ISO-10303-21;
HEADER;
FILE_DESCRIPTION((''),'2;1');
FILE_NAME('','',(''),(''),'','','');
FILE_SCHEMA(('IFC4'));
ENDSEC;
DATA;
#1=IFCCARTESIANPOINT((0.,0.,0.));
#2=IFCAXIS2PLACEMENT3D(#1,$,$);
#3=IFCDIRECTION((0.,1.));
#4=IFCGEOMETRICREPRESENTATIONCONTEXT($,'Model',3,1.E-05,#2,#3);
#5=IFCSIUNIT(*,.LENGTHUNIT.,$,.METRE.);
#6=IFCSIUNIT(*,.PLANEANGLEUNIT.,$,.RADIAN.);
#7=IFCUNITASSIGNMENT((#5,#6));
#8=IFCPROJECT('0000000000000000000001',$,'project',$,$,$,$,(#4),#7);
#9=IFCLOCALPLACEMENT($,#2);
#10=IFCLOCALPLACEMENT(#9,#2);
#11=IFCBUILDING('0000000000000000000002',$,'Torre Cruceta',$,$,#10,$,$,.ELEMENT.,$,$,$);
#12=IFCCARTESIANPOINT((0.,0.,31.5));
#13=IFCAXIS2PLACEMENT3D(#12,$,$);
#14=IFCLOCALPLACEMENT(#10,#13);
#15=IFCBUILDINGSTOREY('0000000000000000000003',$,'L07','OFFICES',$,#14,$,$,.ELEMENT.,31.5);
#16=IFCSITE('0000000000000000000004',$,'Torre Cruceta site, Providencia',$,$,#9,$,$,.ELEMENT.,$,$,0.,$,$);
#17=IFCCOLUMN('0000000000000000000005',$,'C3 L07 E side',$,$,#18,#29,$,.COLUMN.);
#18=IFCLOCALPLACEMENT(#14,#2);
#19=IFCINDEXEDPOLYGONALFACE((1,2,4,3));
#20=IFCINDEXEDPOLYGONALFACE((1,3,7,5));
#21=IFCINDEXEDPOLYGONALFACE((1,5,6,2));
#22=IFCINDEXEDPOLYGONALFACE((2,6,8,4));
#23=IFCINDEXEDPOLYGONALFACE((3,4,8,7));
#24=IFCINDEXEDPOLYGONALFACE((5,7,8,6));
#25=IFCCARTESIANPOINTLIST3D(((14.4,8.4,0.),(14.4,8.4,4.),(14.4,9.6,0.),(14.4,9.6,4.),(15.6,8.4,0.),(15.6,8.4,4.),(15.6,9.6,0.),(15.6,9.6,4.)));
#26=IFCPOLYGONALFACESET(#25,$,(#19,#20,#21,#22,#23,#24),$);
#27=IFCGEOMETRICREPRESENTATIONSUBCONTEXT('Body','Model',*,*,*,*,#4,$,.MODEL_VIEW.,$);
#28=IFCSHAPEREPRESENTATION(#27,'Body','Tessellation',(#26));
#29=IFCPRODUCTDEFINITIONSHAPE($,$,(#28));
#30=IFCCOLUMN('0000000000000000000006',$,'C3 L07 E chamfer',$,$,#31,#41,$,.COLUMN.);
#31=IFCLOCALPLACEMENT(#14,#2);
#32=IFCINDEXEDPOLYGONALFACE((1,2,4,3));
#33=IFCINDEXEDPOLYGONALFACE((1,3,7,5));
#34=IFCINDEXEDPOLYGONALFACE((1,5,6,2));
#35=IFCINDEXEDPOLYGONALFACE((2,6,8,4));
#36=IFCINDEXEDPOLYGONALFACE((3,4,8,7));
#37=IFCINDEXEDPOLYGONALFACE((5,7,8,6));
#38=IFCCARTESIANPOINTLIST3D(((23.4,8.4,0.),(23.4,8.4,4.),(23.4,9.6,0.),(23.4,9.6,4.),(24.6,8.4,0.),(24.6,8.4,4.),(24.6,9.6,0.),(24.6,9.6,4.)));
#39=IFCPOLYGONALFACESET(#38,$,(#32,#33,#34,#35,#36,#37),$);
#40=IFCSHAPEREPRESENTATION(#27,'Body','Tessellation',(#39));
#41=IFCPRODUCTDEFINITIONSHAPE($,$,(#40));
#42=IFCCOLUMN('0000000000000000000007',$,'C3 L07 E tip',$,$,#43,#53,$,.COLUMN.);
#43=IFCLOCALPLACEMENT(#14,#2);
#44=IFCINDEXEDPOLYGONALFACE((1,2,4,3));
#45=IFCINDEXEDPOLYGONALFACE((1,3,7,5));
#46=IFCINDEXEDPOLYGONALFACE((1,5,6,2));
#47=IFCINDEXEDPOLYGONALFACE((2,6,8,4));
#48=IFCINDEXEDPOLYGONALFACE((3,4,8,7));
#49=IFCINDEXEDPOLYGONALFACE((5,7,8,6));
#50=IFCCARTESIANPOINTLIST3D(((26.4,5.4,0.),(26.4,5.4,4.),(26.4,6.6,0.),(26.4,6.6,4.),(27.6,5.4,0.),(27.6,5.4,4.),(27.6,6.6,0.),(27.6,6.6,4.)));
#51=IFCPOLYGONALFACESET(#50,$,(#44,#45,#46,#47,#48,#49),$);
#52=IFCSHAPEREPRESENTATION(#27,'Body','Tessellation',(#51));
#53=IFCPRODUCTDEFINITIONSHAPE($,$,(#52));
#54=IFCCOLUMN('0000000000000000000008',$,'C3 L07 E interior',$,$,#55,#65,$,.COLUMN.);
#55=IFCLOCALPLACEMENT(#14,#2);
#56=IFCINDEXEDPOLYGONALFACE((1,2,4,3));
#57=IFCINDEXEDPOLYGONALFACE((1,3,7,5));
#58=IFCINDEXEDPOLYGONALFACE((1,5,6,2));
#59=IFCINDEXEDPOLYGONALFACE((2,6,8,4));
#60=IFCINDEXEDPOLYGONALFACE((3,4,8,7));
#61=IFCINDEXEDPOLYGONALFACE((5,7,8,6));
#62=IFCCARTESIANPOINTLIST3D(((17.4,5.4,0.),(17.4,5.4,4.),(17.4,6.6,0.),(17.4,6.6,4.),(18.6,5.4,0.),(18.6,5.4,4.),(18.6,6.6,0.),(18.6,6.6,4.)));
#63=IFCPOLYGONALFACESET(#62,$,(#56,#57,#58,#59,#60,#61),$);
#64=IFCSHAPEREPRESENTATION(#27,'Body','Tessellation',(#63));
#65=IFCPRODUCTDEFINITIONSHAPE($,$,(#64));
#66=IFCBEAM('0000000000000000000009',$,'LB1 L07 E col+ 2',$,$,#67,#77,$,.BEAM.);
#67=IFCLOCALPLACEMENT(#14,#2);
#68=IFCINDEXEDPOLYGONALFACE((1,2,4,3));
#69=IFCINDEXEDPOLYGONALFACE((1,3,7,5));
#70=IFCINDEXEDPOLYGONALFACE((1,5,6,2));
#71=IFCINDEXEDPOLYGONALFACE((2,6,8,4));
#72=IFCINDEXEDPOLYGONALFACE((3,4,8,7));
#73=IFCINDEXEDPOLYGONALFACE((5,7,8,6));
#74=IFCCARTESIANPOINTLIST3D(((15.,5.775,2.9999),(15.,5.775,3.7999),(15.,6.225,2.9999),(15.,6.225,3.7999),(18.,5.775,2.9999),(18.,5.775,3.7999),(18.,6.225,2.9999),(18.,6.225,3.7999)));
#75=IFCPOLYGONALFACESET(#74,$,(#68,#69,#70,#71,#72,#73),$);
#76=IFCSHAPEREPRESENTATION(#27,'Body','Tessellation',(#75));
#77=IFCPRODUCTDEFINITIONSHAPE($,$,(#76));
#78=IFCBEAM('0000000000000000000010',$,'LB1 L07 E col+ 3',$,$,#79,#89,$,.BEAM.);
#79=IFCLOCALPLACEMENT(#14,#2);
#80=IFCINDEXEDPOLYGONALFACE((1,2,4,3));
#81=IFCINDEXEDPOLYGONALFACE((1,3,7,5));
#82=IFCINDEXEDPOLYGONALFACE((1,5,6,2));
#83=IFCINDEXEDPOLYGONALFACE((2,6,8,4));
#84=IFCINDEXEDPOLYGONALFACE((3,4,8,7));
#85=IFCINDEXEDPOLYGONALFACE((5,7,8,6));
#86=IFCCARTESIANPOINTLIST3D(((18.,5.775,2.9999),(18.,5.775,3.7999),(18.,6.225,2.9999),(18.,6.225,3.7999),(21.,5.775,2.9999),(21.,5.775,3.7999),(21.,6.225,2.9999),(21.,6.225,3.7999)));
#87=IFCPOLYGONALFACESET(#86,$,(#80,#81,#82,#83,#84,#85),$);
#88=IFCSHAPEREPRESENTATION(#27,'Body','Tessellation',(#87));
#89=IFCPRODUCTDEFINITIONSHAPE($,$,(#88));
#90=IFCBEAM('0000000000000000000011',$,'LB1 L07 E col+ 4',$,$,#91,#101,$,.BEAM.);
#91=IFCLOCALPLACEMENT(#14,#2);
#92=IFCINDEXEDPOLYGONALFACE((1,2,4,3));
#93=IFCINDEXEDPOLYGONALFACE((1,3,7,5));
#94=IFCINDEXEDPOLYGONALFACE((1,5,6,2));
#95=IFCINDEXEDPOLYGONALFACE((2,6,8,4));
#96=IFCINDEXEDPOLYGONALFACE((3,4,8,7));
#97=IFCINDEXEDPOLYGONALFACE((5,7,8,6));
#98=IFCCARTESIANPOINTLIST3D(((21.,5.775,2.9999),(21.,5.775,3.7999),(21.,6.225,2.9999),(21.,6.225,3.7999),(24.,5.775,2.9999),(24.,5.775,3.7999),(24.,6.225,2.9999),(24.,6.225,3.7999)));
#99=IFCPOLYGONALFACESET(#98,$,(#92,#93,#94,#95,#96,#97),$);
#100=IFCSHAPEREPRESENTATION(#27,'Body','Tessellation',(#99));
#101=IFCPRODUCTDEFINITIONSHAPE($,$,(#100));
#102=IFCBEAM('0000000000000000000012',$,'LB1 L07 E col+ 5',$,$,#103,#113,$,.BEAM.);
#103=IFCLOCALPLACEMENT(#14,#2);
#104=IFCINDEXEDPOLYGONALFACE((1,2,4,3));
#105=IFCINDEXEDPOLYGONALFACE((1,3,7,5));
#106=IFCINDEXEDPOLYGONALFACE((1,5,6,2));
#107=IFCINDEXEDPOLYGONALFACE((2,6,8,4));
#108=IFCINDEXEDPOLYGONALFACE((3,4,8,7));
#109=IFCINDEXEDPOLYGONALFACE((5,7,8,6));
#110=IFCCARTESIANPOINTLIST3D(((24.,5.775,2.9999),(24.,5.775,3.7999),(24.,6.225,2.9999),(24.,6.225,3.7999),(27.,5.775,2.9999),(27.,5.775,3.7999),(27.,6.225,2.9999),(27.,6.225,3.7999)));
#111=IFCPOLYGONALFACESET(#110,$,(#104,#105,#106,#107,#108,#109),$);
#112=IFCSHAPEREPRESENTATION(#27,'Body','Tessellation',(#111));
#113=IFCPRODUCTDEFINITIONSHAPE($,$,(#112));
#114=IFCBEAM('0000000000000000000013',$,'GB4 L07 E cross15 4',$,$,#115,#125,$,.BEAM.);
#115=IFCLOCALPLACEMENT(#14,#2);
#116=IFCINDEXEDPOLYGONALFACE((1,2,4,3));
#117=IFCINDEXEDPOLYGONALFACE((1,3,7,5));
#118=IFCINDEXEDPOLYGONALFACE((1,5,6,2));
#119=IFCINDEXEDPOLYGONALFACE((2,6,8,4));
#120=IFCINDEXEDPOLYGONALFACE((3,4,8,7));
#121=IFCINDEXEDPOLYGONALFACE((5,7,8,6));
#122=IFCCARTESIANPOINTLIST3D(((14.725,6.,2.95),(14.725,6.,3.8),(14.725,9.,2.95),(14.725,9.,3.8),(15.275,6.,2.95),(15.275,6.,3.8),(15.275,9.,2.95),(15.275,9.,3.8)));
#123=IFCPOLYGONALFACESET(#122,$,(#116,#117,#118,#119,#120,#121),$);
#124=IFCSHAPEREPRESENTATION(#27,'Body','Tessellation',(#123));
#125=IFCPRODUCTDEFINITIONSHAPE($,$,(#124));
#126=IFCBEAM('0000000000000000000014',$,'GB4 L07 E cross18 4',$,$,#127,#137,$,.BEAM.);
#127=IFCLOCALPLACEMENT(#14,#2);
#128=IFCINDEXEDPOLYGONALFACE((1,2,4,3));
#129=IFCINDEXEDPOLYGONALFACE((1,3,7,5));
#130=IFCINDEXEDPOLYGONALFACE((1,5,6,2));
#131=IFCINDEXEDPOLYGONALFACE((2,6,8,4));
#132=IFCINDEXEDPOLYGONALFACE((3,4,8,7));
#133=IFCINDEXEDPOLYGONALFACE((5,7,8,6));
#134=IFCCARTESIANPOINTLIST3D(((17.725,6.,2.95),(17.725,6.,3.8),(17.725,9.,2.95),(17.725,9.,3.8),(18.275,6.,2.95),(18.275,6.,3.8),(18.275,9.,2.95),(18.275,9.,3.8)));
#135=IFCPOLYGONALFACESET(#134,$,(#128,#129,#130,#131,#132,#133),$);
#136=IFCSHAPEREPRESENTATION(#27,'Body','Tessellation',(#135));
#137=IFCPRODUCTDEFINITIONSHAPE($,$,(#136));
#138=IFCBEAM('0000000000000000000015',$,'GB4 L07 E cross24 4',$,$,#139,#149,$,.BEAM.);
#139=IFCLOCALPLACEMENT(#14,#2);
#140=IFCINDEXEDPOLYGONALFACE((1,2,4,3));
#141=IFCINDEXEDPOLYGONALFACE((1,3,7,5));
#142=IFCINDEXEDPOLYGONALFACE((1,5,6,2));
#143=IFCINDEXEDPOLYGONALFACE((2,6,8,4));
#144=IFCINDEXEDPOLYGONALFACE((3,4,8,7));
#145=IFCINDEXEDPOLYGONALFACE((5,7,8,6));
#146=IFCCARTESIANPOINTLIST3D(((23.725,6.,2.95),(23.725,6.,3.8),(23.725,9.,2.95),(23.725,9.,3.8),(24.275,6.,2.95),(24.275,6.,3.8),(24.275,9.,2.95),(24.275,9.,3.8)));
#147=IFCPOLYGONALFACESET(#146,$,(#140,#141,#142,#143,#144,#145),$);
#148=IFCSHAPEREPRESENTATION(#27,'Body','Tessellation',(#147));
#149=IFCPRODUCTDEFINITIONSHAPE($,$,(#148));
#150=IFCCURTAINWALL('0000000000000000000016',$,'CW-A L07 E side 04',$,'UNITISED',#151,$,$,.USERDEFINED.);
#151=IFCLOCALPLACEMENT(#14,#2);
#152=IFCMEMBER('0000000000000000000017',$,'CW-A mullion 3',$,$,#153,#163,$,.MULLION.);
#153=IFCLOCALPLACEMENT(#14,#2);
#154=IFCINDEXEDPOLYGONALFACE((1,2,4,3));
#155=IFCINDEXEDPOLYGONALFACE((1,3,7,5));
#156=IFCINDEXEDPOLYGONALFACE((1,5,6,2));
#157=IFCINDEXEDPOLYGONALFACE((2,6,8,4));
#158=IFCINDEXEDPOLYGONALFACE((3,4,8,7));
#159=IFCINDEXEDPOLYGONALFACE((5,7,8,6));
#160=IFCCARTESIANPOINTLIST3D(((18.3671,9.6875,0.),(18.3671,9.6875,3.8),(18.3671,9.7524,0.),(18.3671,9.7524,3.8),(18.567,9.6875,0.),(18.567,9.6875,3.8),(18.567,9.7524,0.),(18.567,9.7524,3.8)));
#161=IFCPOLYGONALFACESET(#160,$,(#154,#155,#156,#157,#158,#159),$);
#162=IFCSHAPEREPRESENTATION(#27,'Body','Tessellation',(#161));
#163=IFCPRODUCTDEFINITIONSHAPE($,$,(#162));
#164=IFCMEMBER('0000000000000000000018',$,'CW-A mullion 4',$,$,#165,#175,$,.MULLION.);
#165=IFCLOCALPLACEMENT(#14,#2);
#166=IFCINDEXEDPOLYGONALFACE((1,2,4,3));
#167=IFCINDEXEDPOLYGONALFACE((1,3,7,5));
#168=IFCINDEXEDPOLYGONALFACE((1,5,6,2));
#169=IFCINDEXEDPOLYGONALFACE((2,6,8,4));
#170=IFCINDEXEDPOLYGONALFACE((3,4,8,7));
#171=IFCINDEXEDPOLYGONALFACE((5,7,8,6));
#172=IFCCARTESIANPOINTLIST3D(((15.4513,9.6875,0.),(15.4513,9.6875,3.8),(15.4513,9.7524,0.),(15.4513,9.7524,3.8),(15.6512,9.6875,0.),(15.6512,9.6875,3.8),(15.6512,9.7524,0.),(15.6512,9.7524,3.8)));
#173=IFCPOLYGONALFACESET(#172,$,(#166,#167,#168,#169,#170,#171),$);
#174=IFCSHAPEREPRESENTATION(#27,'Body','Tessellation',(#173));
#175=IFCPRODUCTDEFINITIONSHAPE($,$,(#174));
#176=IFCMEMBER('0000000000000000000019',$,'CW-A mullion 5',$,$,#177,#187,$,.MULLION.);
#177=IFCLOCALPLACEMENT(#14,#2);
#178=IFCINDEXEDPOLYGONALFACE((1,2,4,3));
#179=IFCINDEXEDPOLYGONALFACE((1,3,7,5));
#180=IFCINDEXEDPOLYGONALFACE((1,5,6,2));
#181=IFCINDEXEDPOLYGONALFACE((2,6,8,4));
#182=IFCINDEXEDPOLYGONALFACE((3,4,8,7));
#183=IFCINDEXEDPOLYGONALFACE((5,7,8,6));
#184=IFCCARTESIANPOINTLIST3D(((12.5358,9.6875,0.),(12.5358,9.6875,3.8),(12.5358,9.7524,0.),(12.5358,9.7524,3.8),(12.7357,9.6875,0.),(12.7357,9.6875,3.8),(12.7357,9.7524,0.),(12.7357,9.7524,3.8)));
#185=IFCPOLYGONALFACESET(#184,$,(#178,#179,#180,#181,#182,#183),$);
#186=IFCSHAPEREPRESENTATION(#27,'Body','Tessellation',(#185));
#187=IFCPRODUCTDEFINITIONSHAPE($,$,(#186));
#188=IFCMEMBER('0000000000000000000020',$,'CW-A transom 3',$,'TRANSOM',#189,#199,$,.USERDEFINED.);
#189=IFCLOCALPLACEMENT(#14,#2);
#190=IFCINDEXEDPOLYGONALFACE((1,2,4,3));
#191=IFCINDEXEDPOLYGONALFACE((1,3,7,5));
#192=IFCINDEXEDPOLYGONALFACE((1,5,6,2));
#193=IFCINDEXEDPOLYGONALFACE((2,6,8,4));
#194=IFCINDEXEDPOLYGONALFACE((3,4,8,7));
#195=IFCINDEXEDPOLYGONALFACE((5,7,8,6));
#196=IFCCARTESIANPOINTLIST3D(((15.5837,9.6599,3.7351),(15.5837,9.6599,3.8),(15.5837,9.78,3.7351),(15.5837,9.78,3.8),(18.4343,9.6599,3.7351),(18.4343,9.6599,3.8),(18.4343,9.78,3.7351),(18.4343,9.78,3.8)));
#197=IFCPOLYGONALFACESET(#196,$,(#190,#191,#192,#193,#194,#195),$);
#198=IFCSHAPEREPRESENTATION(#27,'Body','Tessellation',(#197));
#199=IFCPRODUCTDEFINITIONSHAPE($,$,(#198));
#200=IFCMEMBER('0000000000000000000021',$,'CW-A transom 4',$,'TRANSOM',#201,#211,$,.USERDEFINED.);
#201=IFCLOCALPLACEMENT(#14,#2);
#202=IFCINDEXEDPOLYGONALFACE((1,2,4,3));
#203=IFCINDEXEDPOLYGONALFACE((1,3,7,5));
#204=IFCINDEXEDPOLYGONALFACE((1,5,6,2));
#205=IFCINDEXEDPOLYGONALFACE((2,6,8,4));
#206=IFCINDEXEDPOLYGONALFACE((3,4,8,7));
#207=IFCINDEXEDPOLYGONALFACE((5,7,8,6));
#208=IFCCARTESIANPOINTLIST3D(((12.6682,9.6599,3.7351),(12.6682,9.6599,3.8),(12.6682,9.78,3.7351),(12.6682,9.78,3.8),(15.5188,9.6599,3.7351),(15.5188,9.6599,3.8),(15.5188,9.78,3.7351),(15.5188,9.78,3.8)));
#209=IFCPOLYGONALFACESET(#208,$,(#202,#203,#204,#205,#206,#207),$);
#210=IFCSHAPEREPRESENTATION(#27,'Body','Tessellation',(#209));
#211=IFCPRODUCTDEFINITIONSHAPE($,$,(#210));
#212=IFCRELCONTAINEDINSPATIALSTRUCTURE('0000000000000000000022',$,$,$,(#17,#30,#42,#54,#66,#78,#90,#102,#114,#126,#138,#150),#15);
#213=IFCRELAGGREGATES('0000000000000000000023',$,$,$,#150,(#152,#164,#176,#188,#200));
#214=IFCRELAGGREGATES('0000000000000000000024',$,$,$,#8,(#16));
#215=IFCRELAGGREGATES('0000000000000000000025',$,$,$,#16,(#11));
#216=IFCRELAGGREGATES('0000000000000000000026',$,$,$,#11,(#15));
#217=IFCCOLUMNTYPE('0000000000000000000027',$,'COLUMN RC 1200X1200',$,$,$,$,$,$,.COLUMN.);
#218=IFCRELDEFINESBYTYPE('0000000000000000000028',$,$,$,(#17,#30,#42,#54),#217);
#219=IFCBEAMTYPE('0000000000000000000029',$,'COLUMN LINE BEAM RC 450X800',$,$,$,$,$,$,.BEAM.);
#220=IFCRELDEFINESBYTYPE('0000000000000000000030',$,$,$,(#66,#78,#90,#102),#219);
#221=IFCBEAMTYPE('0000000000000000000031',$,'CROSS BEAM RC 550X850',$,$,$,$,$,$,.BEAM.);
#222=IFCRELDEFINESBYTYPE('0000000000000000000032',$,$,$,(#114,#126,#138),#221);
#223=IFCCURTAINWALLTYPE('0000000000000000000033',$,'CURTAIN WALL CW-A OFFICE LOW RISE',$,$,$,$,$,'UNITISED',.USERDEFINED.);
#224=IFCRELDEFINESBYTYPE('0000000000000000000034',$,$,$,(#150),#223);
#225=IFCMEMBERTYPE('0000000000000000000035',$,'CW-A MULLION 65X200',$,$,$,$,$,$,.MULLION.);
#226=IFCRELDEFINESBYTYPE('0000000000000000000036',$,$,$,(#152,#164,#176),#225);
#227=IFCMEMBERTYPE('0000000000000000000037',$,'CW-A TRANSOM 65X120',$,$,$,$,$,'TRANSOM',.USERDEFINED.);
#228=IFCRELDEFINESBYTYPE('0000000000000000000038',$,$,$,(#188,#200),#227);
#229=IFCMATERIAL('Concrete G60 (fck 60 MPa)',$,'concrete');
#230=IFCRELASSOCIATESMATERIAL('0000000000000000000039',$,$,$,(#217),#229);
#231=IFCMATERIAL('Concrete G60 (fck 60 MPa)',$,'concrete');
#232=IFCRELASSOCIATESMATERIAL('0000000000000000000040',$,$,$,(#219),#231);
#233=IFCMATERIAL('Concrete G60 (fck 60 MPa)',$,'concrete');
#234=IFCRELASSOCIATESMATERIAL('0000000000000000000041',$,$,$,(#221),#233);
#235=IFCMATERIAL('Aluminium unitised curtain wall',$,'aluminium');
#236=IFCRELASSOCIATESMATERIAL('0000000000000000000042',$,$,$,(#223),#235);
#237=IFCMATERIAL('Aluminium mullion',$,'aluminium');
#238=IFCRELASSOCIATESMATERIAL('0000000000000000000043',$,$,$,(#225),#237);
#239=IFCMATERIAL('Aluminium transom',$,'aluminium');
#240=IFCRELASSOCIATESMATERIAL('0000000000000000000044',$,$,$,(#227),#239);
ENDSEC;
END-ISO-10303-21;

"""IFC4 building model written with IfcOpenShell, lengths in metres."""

from ifc_helpers import new_model, si_unit, direction, frame, origin, origin_2d, place, context, subcontext, project, spatial, rectangle, extrude, material, material_profile, profile_set, type_object, element, aggregate, save


model = new_model("IFC4")

# Units and contexts
model_context = context("Model", 3, precision=1e-05, world=origin(), true_north=direction((0.0, 1.0)))
body_context = subcontext(model_context, "Body", "Model", "MODEL_VIEW")
ifc_project = project(units=[si_unit("LENGTHUNIT", "METRE"), si_unit("PLANEANGLEUNIT", "RADIAN")], contexts=[model_context])

# Site, building, storey
site_placement = place(None, origin())
site = spatial("IfcSite", under=ifc_project, at=site_placement, Name="Torre Cruceta site, Providencia", CompositionType="ELEMENT", RefElevation=0.0)
building_placement = place(site_placement, origin())
building = spatial("IfcBuilding", under=site, at=building_placement, Name="Torre Cruceta", CompositionType="ELEMENT")
storey_placement = place(building_placement, frame((0.0, 0.0, 31.5)))
storey = spatial("IfcBuildingStorey", under=building, at=storey_placement, Name="L07", Description="OFFICES", CompositionType="ELEMENT", Elevation=31.5)

# Columns
ifc_material_1 = material(Name="Concrete G60 (fck 60 MPa)", Category="concrete")
ifc_material_profile_1 = material_profile(ifc_material_1, rectangle(XDim=1.2, YDim=1.2, at=origin_2d()), Name="RC 1200X1200")
ifc_profile_set_1 = profile_set([ifc_material_profile_1], Name="Concrete G60 (fck 60 MPa)")
column_type = type_object("IfcColumnType", Name="COLUMN RC 1200X1200", PredefinedType="COLUMN", material=ifc_profile_set_1)
for number, where, z_axis, x_axis, name in (
    (1, (15.0, 9.0, 0.0), (0.0, 0.0, 1.0), (1.0, 0.0, 0.0), "C3 L07 E side"),
    (2, (24.0, 9.0, 0.0), (0.0, 0.0, 1.0), (1.0, 0.0, 0.0), "C3 L07 E chamfer"),
    (3, (27.0, 6.0, 0.0), (0.0, 0.0, 1.0), (1.0, 0.0, 0.0), "C3 L07 E tip"),
    (4, (18.0, 6.0, 0.0), (0.0, 0.0, 1.0), (1.0, 0.0, 0.0), "C3 L07 E interior"),
):
    element("IfcColumn", number, at=place(storey_placement, frame(where, z_axis=z_axis, x_axis=x_axis)), inside=storey, type_object=column_type, Name=name, PredefinedType="COLUMN", context=body_context, shape_type="SweptSolid", body=[
        extrude(rectangle(XDim=1.2, YDim=1.2, at=origin_2d()), origin(), (0.0, 0.0, 1.0), 4.0),
    ])

# Beams
ifc_material_2 = material(Name="Concrete G60 (fck 60 MPa)", Category="concrete")
ifc_material_profile_2 = material_profile(ifc_material_2, rectangle(XDim=0.45, YDim=0.8, at=origin_2d()), Name="RC 450X800")
ifc_profile_set_2 = profile_set([ifc_material_profile_2], Name="Concrete G60 (fck 60 MPa)")
beam_type_1 = type_object("IfcBeamType", Name="COLUMN LINE BEAM RC 450X800", PredefinedType="BEAM", material=ifc_profile_set_2)
for number, where, z_axis, x_axis, name in (
    (5, (15.0, 6.0, 3.3999), (1.0, 0.0, 0.0), (0.0, 1.0, 0.0), "LB1 L07 E col+ 2"),
    (6, (18.0, 6.0, 3.3999), (1.0, 0.0, 0.0), (0.0, 1.0, 0.0), "LB1 L07 E col+ 3"),
    (7, (21.0, 6.0, 3.3999), (1.0, 0.0, 0.0), (0.0, 1.0, 0.0), "LB1 L07 E col+ 4"),
    (8, (24.0, 6.0, 3.3999), (1.0, 0.0, 0.0), (0.0, 1.0, 0.0), "LB1 L07 E col+ 5"),
):
    element("IfcBeam", number, at=place(storey_placement, frame(where, z_axis=z_axis, x_axis=x_axis)), inside=storey, type_object=beam_type_1, Name=name, PredefinedType="BEAM", context=body_context, shape_type="SweptSolid", body=[
        extrude(rectangle(XDim=0.45, YDim=0.8, at=origin_2d()), origin(), (0.0, 0.0, 1.0), 3.0),
    ])
ifc_material_3 = material(Name="Concrete G60 (fck 60 MPa)", Category="concrete")
ifc_material_profile_3 = material_profile(ifc_material_3, rectangle(XDim=0.55, YDim=0.8501, at=origin_2d()), Name="RC 550X850")
ifc_profile_set_3 = profile_set([ifc_material_profile_3], Name="Concrete G60 (fck 60 MPa)")
beam_type_2 = type_object("IfcBeamType", Name="CROSS BEAM RC 550X850", PredefinedType="BEAM", material=ifc_profile_set_3)
for number, where, z_axis, x_axis, name in (
    (9, (15.0, 6.0, 3.375), (0.0, 1.0, 0.0), (-1.0, 0.0, 0.0), "GB4 L07 E cross15 4"),
    (10, (18.0, 6.0, 3.375), (0.0, 1.0, 0.0), (-1.0, 0.0, 0.0), "GB4 L07 E cross18 4"),
    (11, (24.0, 6.0, 3.375), (0.0, 1.0, 0.0), (-1.0, 0.0, 0.0), "GB4 L07 E cross24 4"),
):
    element("IfcBeam", number, at=place(storey_placement, frame(where, z_axis=z_axis, x_axis=x_axis)), inside=storey, type_object=beam_type_2, Name=name, PredefinedType="BEAM", context=body_context, shape_type="SweptSolid", body=[
        extrude(rectangle(XDim=0.55, YDim=0.8501, at=origin_2d()), origin(), (0.0, 0.0, 1.0), 3.0),
    ])

# Curtain wall, members
ifc_material_4 = material(Name="Aluminium unitised curtain wall", Category="aluminium")
curtain_wall_type = type_object("IfcCurtainWallType", Name="CURTAIN WALL CW-A OFFICE LOW RISE", ElementType="UNITISED", PredefinedType="USERDEFINED", material=ifc_material_4)
curtain_wall_placement = place(storey_placement, origin())
curtain_wall = element("IfcCurtainWall", 12, at=curtain_wall_placement, inside=storey, type_object=curtain_wall_type, Name="CW-A L07 E side 04", ObjectType="UNITISED", PredefinedType="USERDEFINED")
ifc_material_5 = material(Name="Aluminium mullion", Category="aluminium")
ifc_material_profile_4 = material_profile(ifc_material_5, rectangle(XDim=0.0649, YDim=0.2, at=origin_2d()), Name="AL 65X200")
ifc_profile_set_4 = profile_set([ifc_material_profile_4], Name="Aluminium mullion")
member_type_1 = type_object("IfcMemberType", Name="CW-A MULLION 65X200", PredefinedType="MULLION", material=ifc_profile_set_4)
member_1_placement = place(storey_placement, frame((18.467, 9.72, 0.0), z_axis=(0.0, 0.0, 1.0), x_axis=(0.0, -1.0, 0.0)))
member_1 = element("IfcMember", 13, at=member_1_placement, type_object=member_type_1, Name="CW-A mullion 3", PredefinedType="MULLION", context=body_context, shape_type="SweptSolid", body=[
    extrude(rectangle(XDim=0.0649, YDim=0.2, at=origin_2d()), origin(), (0.0, 0.0, 1.0), 3.8),
])
member_2_placement = place(storey_placement, frame((15.5513, 9.72, 0.0), z_axis=(0.0, 0.0, 1.0), x_axis=(0.0, -1.0, 0.0)))
member_2 = element("IfcMember", 14, at=member_2_placement, type_object=member_type_1, Name="CW-A mullion 4", PredefinedType="MULLION", context=body_context, shape_type="SweptSolid", body=[
    extrude(rectangle(XDim=0.0649, YDim=0.2, at=origin_2d()), origin(), (0.0, 0.0, 1.0), 3.8),
])
member_3_placement = place(storey_placement, frame((12.6357, 9.72, 0.0), z_axis=(0.0, 0.0, 1.0), x_axis=(0.0, -1.0, 0.0)))
member_3 = element("IfcMember", 15, at=member_3_placement, type_object=member_type_1, Name="CW-A mullion 5", PredefinedType="MULLION", context=body_context, shape_type="SweptSolid", body=[
    extrude(rectangle(XDim=0.0649, YDim=0.2, at=origin_2d()), origin(), (0.0, 0.0, 1.0), 3.8),
])
ifc_material_6 = material(Name="Aluminium transom", Category="aluminium")
ifc_material_profile_5 = material_profile(ifc_material_6, rectangle(XDim=0.1201, YDim=0.0649, at=origin_2d()), Name="AL 120X65")
ifc_profile_set_5 = profile_set([ifc_material_profile_5], Name="Aluminium transom")
member_type_2 = type_object("IfcMemberType", Name="CW-A TRANSOM 65X120", ElementType="TRANSOM", PredefinedType="USERDEFINED", material=ifc_profile_set_5)
member_4_placement = place(storey_placement, frame((18.4343, 9.72, 3.7676), z_axis=(-1.0, 0.0, 0.0), x_axis=(0.0, -1.0, 0.0)))
member_4 = element("IfcMember", 16, at=member_4_placement, type_object=member_type_2, Name="CW-A transom 3", ObjectType="TRANSOM", PredefinedType="USERDEFINED", context=body_context, shape_type="SweptSolid", body=[
    extrude(rectangle(XDim=0.1201, YDim=0.0649, at=origin_2d()), origin(), (0.0, 0.0, 1.0), 2.8506),
])
member_5_placement = place(storey_placement, frame((15.5188, 9.72, 3.7676), z_axis=(-1.0, 0.0, 0.0), x_axis=(0.0, -1.0, 0.0)))
member_5 = element("IfcMember", 17, at=member_5_placement, type_object=member_type_2, Name="CW-A transom 4", ObjectType="TRANSOM", PredefinedType="USERDEFINED", context=body_context, shape_type="SweptSolid", body=[
    extrude(rectangle(XDim=0.1201, YDim=0.0649, at=origin_2d()), origin(), (0.0, 0.0, 1.0), 2.8506),
])

aggregate(curtain_wall, [member_1, member_2, member_3, member_4, member_5])

save(model, "model.ifc")
